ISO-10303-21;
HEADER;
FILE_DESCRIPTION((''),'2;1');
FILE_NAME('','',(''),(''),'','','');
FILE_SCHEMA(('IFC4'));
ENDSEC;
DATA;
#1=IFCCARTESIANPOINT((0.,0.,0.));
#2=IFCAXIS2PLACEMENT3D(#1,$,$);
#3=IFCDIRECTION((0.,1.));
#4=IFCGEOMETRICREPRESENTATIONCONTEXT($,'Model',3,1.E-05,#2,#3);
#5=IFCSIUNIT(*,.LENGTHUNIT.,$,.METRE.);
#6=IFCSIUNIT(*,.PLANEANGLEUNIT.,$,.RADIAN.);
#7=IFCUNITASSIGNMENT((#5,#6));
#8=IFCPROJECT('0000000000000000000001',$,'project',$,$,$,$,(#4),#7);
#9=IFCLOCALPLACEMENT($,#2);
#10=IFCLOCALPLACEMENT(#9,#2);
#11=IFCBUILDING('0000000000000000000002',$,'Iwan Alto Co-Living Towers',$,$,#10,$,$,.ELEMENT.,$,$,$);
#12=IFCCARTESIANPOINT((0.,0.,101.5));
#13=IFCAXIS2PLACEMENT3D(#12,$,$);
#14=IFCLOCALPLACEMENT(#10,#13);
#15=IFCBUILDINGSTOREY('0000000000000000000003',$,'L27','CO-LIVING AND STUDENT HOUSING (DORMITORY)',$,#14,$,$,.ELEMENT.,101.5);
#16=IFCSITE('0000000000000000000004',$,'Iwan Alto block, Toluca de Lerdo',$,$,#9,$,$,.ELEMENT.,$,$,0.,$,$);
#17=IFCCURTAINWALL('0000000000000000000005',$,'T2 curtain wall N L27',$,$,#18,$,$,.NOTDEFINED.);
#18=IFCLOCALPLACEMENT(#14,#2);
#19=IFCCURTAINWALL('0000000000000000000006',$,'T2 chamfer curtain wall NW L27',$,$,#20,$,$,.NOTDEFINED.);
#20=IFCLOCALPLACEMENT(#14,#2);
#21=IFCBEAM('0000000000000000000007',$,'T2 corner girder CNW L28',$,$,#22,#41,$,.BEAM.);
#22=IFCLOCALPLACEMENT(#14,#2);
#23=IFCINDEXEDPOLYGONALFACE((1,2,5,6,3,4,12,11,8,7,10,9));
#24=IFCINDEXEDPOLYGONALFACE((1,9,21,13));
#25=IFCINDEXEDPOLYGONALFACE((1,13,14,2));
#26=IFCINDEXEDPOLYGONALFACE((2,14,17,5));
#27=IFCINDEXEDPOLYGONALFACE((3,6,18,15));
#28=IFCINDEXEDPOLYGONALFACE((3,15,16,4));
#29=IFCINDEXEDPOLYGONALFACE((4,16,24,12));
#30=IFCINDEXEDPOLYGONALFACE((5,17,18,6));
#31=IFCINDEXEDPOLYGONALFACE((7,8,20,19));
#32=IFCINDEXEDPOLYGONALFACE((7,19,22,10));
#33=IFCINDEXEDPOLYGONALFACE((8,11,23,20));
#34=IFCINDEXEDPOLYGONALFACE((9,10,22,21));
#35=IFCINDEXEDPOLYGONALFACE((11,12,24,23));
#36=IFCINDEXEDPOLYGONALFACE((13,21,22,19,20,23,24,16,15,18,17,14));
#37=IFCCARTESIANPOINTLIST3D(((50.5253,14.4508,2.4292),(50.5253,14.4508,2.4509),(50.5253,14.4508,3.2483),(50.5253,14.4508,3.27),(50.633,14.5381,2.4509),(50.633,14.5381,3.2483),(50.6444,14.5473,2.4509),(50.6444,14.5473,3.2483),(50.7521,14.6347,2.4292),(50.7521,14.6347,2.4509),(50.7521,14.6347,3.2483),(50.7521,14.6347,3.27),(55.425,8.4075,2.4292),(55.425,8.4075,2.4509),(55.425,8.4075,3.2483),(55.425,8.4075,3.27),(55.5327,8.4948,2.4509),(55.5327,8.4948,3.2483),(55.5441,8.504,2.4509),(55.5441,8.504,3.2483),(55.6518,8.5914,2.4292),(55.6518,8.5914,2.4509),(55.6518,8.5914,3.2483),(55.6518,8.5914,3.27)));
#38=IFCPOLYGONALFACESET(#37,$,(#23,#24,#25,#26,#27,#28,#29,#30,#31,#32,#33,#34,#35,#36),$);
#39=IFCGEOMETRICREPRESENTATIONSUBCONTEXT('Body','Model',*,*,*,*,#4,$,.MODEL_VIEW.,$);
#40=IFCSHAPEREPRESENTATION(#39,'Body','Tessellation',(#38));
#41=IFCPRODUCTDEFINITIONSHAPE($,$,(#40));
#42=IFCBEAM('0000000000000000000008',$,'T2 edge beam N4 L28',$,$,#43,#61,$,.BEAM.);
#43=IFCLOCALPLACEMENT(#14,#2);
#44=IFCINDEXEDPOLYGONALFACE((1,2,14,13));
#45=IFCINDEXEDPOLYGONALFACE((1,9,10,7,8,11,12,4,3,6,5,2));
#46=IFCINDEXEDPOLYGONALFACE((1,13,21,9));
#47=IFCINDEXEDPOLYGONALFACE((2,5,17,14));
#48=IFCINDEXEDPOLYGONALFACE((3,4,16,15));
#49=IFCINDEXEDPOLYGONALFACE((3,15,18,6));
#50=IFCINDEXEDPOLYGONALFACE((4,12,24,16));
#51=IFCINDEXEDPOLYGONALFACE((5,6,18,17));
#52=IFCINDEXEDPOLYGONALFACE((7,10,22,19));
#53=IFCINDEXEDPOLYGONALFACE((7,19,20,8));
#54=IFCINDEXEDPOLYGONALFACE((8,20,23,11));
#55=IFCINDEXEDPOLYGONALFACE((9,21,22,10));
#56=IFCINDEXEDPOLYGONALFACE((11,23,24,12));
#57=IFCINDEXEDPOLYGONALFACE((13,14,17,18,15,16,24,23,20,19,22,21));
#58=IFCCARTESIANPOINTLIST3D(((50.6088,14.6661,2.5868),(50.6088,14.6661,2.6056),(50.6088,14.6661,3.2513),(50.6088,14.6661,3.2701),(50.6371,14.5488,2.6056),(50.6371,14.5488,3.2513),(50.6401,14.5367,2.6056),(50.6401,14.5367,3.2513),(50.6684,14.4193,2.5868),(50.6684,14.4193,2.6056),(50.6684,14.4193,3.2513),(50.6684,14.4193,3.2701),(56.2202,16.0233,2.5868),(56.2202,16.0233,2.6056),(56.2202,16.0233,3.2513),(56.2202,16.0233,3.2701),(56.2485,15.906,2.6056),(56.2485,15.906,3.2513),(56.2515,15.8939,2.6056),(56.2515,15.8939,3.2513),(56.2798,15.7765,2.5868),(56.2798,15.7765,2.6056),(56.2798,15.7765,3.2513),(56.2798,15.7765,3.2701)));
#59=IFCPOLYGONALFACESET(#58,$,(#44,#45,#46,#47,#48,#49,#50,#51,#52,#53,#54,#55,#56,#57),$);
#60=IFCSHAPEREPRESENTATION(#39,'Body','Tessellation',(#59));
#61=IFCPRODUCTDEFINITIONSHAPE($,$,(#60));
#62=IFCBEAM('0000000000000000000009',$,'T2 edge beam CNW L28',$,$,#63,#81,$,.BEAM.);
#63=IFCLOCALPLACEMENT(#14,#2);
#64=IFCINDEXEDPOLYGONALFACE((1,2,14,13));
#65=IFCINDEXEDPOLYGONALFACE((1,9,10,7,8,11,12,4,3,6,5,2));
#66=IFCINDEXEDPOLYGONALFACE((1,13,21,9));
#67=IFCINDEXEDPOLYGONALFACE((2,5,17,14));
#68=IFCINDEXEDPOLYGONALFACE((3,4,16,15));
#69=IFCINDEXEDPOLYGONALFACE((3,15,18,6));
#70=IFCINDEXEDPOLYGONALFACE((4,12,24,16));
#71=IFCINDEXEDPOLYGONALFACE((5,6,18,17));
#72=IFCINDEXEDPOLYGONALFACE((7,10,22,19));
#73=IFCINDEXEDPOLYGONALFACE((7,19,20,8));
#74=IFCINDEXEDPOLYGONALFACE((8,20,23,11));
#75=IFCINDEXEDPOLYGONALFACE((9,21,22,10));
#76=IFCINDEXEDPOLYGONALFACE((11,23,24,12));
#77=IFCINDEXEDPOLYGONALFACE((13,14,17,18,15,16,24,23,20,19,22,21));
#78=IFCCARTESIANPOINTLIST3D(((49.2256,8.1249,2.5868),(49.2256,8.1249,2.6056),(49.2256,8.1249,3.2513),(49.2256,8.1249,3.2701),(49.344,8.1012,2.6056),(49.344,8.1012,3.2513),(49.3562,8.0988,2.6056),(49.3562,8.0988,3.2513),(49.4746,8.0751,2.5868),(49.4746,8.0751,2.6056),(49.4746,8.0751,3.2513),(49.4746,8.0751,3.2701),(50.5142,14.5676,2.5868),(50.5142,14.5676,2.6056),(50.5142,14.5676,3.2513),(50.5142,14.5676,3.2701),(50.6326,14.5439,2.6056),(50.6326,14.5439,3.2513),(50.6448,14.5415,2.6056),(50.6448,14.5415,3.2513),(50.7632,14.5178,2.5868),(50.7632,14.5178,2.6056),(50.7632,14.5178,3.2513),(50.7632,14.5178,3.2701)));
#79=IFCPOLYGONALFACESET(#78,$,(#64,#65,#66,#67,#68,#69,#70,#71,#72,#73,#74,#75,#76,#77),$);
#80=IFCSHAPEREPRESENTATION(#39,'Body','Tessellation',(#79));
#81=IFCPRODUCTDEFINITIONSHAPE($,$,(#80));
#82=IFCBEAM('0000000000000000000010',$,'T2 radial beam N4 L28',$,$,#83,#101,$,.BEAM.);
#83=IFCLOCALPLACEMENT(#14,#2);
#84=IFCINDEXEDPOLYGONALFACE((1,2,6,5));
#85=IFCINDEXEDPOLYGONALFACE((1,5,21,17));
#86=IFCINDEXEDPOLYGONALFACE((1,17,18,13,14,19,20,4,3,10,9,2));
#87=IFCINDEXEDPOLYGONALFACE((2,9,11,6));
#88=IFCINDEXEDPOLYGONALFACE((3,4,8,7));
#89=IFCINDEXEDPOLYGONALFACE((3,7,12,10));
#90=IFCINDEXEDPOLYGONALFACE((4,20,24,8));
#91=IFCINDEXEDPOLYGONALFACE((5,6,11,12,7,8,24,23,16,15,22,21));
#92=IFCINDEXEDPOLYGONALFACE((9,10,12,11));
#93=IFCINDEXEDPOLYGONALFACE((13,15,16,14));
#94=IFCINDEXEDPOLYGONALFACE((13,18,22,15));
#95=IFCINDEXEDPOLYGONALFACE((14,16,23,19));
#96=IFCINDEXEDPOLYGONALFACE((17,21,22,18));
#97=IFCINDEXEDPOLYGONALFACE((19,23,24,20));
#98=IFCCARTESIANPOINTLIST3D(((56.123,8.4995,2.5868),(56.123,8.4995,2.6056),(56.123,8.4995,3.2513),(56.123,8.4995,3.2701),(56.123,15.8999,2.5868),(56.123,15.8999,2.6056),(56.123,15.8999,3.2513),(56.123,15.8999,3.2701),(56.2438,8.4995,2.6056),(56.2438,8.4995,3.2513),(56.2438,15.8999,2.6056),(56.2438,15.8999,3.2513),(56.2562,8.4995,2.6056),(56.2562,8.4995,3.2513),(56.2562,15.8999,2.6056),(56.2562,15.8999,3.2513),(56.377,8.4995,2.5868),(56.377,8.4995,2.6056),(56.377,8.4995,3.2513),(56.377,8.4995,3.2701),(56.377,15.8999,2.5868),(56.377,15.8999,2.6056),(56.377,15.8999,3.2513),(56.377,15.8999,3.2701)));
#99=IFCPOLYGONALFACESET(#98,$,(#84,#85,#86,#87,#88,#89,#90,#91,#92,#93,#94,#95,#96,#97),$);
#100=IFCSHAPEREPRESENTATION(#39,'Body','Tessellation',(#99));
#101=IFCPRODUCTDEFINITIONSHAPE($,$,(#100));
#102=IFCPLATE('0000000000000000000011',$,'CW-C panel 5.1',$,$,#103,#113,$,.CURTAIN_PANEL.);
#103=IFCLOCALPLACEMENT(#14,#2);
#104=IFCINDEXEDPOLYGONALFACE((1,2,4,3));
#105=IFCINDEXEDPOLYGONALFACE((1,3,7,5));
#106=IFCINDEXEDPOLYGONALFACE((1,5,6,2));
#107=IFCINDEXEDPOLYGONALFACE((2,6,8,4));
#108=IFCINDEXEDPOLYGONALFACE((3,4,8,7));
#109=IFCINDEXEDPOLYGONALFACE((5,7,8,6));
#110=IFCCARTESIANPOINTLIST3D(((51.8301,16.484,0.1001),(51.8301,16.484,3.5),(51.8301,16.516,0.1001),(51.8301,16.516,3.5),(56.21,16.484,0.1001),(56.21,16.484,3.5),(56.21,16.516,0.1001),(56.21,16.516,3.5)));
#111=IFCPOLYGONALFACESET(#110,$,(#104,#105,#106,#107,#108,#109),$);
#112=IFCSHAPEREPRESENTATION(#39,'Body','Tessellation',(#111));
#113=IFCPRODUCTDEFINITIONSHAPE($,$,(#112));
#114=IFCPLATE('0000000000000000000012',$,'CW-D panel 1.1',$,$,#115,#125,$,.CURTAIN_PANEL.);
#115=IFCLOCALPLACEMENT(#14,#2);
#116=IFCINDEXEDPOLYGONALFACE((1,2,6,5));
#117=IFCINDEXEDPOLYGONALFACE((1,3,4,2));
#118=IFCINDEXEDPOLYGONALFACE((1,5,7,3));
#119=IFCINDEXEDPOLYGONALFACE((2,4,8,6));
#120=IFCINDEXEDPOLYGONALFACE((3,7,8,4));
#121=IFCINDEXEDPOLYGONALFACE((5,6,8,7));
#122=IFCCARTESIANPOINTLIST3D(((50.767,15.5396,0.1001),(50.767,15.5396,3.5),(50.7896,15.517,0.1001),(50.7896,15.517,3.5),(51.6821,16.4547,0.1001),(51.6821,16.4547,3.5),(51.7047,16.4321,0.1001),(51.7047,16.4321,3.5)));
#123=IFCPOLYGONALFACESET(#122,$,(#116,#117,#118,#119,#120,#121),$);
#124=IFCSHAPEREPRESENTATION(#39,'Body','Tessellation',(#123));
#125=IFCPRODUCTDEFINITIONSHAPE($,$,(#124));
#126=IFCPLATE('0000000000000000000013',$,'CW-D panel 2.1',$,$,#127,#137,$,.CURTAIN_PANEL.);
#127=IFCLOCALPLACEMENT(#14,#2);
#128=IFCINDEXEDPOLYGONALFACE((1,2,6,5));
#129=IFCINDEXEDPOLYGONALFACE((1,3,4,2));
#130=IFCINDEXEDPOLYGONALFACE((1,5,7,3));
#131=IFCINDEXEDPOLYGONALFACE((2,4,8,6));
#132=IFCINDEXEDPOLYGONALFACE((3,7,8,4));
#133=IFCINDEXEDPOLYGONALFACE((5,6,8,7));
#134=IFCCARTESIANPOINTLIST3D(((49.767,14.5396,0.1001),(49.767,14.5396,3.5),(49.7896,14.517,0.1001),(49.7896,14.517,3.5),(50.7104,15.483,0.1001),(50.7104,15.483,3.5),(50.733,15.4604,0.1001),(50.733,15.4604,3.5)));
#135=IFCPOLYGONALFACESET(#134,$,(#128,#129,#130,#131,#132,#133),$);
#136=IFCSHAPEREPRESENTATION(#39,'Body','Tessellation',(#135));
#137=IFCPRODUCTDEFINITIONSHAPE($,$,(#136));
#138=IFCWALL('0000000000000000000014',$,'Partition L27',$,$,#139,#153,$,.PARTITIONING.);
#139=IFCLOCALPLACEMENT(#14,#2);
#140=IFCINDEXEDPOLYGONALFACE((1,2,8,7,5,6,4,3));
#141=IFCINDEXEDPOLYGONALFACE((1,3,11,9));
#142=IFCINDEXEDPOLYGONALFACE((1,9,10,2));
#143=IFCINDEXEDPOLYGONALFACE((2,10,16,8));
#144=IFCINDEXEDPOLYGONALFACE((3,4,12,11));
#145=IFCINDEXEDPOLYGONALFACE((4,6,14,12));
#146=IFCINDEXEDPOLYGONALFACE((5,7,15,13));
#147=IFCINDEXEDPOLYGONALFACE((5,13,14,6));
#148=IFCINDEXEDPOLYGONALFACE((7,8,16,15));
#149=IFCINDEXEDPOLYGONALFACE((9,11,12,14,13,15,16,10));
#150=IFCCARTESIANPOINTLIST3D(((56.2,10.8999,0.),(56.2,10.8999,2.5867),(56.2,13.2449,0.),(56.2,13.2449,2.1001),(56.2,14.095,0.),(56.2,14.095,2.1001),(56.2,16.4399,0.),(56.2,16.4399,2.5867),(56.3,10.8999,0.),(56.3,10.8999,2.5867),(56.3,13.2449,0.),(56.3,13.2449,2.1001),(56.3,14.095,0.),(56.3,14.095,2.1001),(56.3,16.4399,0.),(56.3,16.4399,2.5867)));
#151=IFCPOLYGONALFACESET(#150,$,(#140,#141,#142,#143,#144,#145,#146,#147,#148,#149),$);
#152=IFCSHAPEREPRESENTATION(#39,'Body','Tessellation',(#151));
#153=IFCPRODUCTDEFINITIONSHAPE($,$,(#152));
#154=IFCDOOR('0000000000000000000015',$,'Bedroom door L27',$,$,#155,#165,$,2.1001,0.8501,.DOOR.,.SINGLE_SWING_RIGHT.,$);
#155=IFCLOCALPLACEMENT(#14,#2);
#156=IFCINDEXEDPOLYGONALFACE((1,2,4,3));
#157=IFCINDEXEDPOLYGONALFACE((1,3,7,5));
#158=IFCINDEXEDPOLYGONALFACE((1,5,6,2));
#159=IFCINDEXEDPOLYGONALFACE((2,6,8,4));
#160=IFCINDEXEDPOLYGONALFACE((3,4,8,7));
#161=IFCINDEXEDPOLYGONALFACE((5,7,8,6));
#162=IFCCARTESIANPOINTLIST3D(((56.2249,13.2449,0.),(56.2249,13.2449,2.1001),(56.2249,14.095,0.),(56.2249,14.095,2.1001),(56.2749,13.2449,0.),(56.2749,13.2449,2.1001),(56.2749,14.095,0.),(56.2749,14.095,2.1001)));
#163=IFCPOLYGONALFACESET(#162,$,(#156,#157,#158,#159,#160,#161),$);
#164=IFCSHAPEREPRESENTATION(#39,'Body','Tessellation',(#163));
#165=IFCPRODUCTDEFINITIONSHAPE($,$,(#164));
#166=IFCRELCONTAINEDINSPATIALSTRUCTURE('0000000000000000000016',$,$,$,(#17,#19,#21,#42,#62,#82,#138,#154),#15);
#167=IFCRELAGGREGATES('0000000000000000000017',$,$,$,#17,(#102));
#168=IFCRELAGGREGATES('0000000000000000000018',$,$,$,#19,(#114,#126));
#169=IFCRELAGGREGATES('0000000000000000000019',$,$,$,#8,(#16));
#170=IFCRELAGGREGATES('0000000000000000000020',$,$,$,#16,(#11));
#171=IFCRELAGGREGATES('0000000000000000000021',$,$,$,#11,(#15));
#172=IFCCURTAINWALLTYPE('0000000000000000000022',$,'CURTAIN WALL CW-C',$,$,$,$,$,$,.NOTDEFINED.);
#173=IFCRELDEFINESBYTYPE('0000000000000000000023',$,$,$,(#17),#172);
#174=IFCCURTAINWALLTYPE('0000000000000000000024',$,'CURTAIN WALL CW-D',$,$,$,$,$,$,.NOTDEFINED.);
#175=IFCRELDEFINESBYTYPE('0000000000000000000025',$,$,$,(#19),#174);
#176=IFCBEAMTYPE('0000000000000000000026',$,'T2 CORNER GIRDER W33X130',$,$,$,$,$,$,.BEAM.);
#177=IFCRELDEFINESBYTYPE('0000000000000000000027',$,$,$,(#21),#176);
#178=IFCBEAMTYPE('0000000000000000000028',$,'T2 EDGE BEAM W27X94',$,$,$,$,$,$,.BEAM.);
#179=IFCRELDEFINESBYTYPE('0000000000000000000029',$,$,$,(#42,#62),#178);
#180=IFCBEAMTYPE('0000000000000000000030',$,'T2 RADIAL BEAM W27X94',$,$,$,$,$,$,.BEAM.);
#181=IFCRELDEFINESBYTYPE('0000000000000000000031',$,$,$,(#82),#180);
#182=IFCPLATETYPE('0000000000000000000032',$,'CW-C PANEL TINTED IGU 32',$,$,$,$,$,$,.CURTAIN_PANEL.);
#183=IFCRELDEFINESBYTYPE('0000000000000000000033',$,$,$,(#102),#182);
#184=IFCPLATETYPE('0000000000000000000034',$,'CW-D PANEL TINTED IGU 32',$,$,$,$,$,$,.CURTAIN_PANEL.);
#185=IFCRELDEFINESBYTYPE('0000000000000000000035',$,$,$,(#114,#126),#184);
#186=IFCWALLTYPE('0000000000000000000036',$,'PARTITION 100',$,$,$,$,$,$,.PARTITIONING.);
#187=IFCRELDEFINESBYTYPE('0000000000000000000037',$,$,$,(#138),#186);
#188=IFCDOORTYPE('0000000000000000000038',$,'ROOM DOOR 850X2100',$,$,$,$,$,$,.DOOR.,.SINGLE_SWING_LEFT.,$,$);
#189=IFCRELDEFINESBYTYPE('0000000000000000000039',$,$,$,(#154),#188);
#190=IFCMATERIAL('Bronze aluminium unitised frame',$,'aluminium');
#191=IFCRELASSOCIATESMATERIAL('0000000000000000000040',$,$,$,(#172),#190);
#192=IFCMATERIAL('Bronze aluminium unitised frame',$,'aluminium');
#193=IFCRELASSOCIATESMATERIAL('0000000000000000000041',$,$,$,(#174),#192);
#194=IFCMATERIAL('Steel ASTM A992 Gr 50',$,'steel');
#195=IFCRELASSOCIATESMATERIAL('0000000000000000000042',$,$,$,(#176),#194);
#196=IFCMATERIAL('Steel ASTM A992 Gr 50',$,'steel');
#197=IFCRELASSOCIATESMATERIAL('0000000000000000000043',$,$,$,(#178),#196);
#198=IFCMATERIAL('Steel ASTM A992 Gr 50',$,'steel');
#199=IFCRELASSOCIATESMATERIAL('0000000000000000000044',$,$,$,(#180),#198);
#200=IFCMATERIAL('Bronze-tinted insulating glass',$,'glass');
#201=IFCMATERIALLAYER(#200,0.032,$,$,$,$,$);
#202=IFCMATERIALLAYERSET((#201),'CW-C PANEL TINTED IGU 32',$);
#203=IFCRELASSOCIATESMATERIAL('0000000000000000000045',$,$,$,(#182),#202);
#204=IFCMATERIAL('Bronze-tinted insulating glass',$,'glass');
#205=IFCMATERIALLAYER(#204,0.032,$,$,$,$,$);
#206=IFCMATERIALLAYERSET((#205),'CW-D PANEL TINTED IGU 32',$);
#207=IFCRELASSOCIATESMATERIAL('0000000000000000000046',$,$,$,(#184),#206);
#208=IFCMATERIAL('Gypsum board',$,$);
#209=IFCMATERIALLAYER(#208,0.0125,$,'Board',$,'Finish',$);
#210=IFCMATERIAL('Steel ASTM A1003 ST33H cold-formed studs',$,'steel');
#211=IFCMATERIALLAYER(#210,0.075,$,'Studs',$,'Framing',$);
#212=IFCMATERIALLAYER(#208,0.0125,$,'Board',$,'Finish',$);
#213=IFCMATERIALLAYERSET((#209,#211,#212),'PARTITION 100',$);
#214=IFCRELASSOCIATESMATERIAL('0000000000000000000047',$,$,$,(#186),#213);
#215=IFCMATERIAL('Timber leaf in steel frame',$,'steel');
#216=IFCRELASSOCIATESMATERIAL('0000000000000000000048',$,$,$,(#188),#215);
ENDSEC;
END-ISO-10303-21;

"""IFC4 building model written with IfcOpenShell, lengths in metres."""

from ifc_helpers import new_model, si_unit, direction, frame, frame_2d, origin, origin_2d, place, context, subcontext, project, spatial, rectangle, i_section, extrude, material, layer, layer_set, material_profile, profile_set, type_object, element, fill, aggregate, save


model = new_model("IFC4")

# Units and contexts
model_context = context("Model", 3, precision=1e-05, world=origin(), true_north=direction((0.0, 1.0)))
body_context = subcontext(model_context, "Body", "Model", "MODEL_VIEW")
ifc_project = project(units=[si_unit("LENGTHUNIT", "METRE"), si_unit("PLANEANGLEUNIT", "RADIAN")], contexts=[model_context])

# Site, building, storey
site_placement = place(None, origin())
site = spatial("IfcSite", under=ifc_project, at=site_placement, Name="Iwan Alto block, Toluca de Lerdo", CompositionType="ELEMENT", RefElevation=0.0)
building_placement = place(site_placement, origin())
building = spatial("IfcBuilding", under=site, at=building_placement, Name="Iwan Alto Co-Living Towers", CompositionType="ELEMENT")
storey_placement = place(building_placement, frame((0.0, 0.0, 101.5)))
storey = spatial("IfcBuildingStorey", under=building, at=storey_placement, Name="L27", Description="CO-LIVING AND STUDENT HOUSING (DORMITORY)", CompositionType="ELEMENT", Elevation=101.5)

# Curtain walls
ifc_material_1 = material(Name="Bronze aluminium unitised frame", Category="aluminium")
curtain_wall_type_1 = type_object("IfcCurtainWallType", Name="CURTAIN WALL CW-C", PredefinedType="NOTDEFINED", material=ifc_material_1)
curtain_wall_1_placement = place(storey_placement, origin())
curtain_wall_1 = element("IfcCurtainWall", 1, at=curtain_wall_1_placement, inside=storey, type_object=curtain_wall_type_1, Name="T2 curtain wall N L27", PredefinedType="NOTDEFINED")
ifc_material_2 = material(Name="Bronze aluminium unitised frame", Category="aluminium")
curtain_wall_type_2 = type_object("IfcCurtainWallType", Name="CURTAIN WALL CW-D", PredefinedType="NOTDEFINED", material=ifc_material_2)
curtain_wall_2_placement = place(storey_placement, origin())
curtain_wall_2 = element("IfcCurtainWall", 2, at=curtain_wall_2_placement, inside=storey, type_object=curtain_wall_type_2, Name="T2 chamfer curtain wall NW L27", PredefinedType="NOTDEFINED")

# Beams
ifc_material_3 = material(Name="Steel ASTM A992 Gr 50", Category="steel")
ifc_material_profile_1 = material_profile(ifc_material_3, i_section(OverallWidth=0.292, OverallDepth=0.8408, WebThickness=0.0146, FlangeThickness=0.0217, at=origin_2d()), Name="W33X130")
ifc_profile_set_1 = profile_set([ifc_material_profile_1], Name="Steel ASTM A992 Gr 50")
beam_type_1 = type_object("IfcBeamType", Name="T2 CORNER GIRDER W33X130", PredefinedType="BEAM", material=ifc_profile_set_1)
beam_1_placement = place(storey_placement, frame((50.6387, 14.5427, 2.8496), z_axis=(0.629783, -0.776771, 0.0), x_axis=(0.776771, 0.629783, 0.0)))
element("IfcBeam", 3, at=beam_1_placement, inside=storey, type_object=beam_type_1, Name="T2 corner girder CNW L28", PredefinedType="BEAM", context=body_context, shape_type="SweptSolid", body=[
    extrude(i_section(OverallWidth=0.292, OverallDepth=0.8408, WebThickness=0.0146, FlangeThickness=0.0217, at=origin_2d()), origin(), (0.0, 0.0, 1.0), 7.78),
])
ifc_material_4 = material(Name="Steel ASTM A992 Gr 50", Category="steel")
ifc_material_profile_2 = material_profile(ifc_material_4, i_section(OverallWidth=0.2539, OverallDepth=0.6833, WebThickness=0.0125, FlangeThickness=0.0188, at=origin_2d()), Name="W27X94")
ifc_profile_set_2 = profile_set([ifc_material_profile_2], Name="Steel ASTM A992 Gr 50")
beam_type_2 = type_object("IfcBeamType", Name="T2 EDGE BEAM W27X94", PredefinedType="BEAM", material=ifc_profile_set_2)
beam_2_placement = place(storey_placement, frame((56.25, 15.8999, 2.9285), z_axis=(-0.971975, -0.235086, 0.0), x_axis=(0.235086, -0.971975, 0.0)))
element("IfcBeam", 4, at=beam_2_placement, inside=storey, type_object=beam_type_2, Name="T2 edge beam N4 L28", PredefinedType="BEAM", context=body_context, shape_type="SweptSolid", body=[
    extrude(i_section(OverallWidth=0.2539, OverallDepth=0.6833, WebThickness=0.0125, FlangeThickness=0.0188, at=origin_2d()), origin(), (0.0, 0.0, 1.0), 5.7732),
])
beam_3_placement = place(storey_placement, frame((50.6387, 14.5427, 2.9285), z_axis=(-0.196123, -0.980579, 0.0), x_axis=(0.980579, -0.196123, 0.0)))
element("IfcBeam", 5, at=beam_3_placement, inside=storey, type_object=beam_type_2, Name="T2 edge beam CNW L28", PredefinedType="BEAM", context=body_context, shape_type="SweptSolid", body=[
    extrude(i_section(OverallWidth=0.2539, OverallDepth=0.6833, WebThickness=0.0125, FlangeThickness=0.0188, at=origin_2d()), origin(), (0.0, 0.0, 1.0), 6.5703),
])
ifc_material_5 = material(Name="Steel ASTM A992 Gr 50", Category="steel")
ifc_material_profile_3 = material_profile(ifc_material_5, i_section(OverallWidth=0.2539, OverallDepth=0.6833, WebThickness=0.0125, FlangeThickness=0.0188, at=origin_2d()), Name="W27X94")
ifc_profile_set_3 = profile_set([ifc_material_profile_3], Name="Steel ASTM A992 Gr 50")
beam_type_3 = type_object("IfcBeamType", Name="T2 RADIAL BEAM W27X94", PredefinedType="BEAM", material=ifc_profile_set_3)
beam_4_placement = place(storey_placement, frame((56.25, 15.8999, 2.9285), z_axis=(0.0, -1.0, 0.0), x_axis=(1.0, 0.0, 0.0)))
element("IfcBeam", 6, at=beam_4_placement, inside=storey, type_object=beam_type_3, Name="T2 radial beam N4 L28", PredefinedType="BEAM", context=body_context, shape_type="SweptSolid", body=[
    extrude(i_section(OverallWidth=0.2539, OverallDepth=0.6833, WebThickness=0.0125, FlangeThickness=0.0188, at=origin_2d()), origin(), (0.0, 0.0, 1.0), 7.4004),
])

# Plates
ifc_material_6 = material(Name="Bronze-tinted insulating glass", Category="glass")
ifc_layer_1 = layer(ifc_material_6, 0.032)
ifc_layer_set_1 = layer_set([ifc_layer_1], Name="CW-C PANEL TINTED IGU 32")
plate_type_1 = type_object("IfcPlateType", Name="CW-C PANEL TINTED IGU 32", PredefinedType="CURTAIN_PANEL", material=ifc_layer_set_1)
plate_1_placement = place(storey_placement, frame((54.02, 16.5, 0.1001), z_axis=(0.0, 0.0, 1.0), x_axis=(-1.0, 0.0, 0.0)))
plate_1 = element("IfcPlate", 7, at=plate_1_placement, type_object=plate_type_1, Name="CW-C panel 5.1", PredefinedType="CURTAIN_PANEL", context=body_context, shape_type="SweptSolid", body=[
    extrude(rectangle(XDim=4.3799, YDim=0.032, at=origin_2d()), origin(), (0.0, 0.0, 1.0), 3.3999),
])
aggregate(curtain_wall_1, [plate_1])
ifc_material_7 = material(Name="Bronze-tinted insulating glass", Category="glass")
ifc_layer_2 = layer(ifc_material_7, 0.032)
ifc_layer_set_2 = layer_set([ifc_layer_2], Name="CW-D PANEL TINTED IGU 32")
plate_type_2 = type_object("IfcPlateType", Name="CW-D PANEL TINTED IGU 32", PredefinedType="CURTAIN_PANEL", material=ifc_layer_set_2)
plate_2_placement = place(storey_placement, frame((51.2358, 15.9858, 0.1001), z_axis=(0.0, 0.0, 1.0), x_axis=(-0.707107, -0.707107, 0.0)))
plate_2 = element("IfcPlate", 8, at=plate_2_placement, type_object=plate_type_2, Name="CW-D panel 1.1", PredefinedType="CURTAIN_PANEL", context=body_context, shape_type="SweptSolid", body=[
    extrude(rectangle(XDim=1.2942, YDim=0.032, at=origin_2d()), origin(), (0.0, 0.0, 1.0), 3.3999),
])
plate_3_placement = place(storey_placement, frame((50.25, 15.0, 0.1001), z_axis=(0.0, 0.0, 1.0), x_axis=(-0.707107, -0.707107, 0.0)))
plate_3 = element("IfcPlate", 9, at=plate_3_placement, type_object=plate_type_2, Name="CW-D panel 2.1", PredefinedType="CURTAIN_PANEL", context=body_context, shape_type="SweptSolid", body=[
    extrude(rectangle(XDim=1.3342, YDim=0.032, at=origin_2d()), origin(), (0.0, 0.0, 1.0), 3.3999),
])
aggregate(curtain_wall_2, [plate_2, plate_3])

# Wall, opening, door
ifc_material_8 = material(Name="Gypsum board")
ifc_layer_3 = layer(ifc_material_8, 0.0125, Name="Board", Category="Finish")
ifc_material_9 = material(Name="Steel ASTM A1003 ST33H cold-formed studs", Category="steel")
ifc_layer_4 = layer(ifc_material_9, 0.075, Name="Studs", Category="Framing")
ifc_layer_5 = layer(ifc_material_8, 0.0125, Name="Board", Category="Finish")
ifc_layer_set_3 = layer_set([ifc_layer_3, ifc_layer_4, ifc_layer_5], Name="PARTITION 100")
wall_type = type_object("IfcWallType", Name="PARTITION 100", PredefinedType="PARTITIONING", material=ifc_layer_set_3)
wall_placement = place(storey_placement, frame((56.25, 10.8999, 0.0), z_axis=(0.0, 0.0, 1.0), x_axis=(0.0, 1.0, 0.0)))
wall = element("IfcWall", 10, at=wall_placement, inside=storey, type_object=wall_type, Name="Partition L27", PredefinedType="PARTITIONING", context=body_context, shape_type="SweptSolid", body=[
    extrude(rectangle(XDim=5.54, YDim=0.1001, at=frame_2d((2.77, 0.0))), origin(), (0.0, 0.0, 1.0), 2.5867),
])
opening_placement = place(wall_placement, frame((2.345, 0.0, 0.0)))
opening = element("IfcOpeningElement", 11, at=opening_placement, cuts=wall, PredefinedType="OPENING", context=body_context, shape_type="SweptSolid", body=[
    extrude(rectangle(XDim=0.8501, YDim=2.1001, at=frame_2d((0.425, 1.05))), frame((0.0, 0.0601, 0.0), z_axis=(0.0, -1.0, 0.0), x_axis=(1.0, 0.0, 0.0)), (0.0, 0.0, 1.0), 0.1201),
])
ifc_material_10 = material(Name="Timber leaf in steel frame", Category="steel")
door_type = type_object("IfcDoorType", Name="ROOM DOOR 850X2100", OperationType="SINGLE_SWING_LEFT", PredefinedType="DOOR", material=ifc_material_10)
door_placement = place(opening_placement, frame((0.8501, 0.0, 0.0), z_axis=(0.0, 0.0, 1.0), x_axis=(-1.0, 0.0, 0.0)))
door = element("IfcDoor", 12, at=door_placement, inside=storey, type_object=door_type, Name="Bedroom door L27", OperationType="SINGLE_SWING_RIGHT", OverallHeight=2.1001, OverallWidth=0.8501, PredefinedType="DOOR", context=body_context, shape_type="SweptSolid", body=[
    extrude(rectangle(XDim=0.8501, YDim=2.1001, at=frame_2d((0.425, 1.05))), frame((0.0, 0.0249, 0.0), z_axis=(0.0, -1.0, 0.0), x_axis=(1.0, 0.0, 0.0)), (0.0, 0.0, 1.0), 0.05),
])
fill(opening, door)

save(model, "model.ifc")
